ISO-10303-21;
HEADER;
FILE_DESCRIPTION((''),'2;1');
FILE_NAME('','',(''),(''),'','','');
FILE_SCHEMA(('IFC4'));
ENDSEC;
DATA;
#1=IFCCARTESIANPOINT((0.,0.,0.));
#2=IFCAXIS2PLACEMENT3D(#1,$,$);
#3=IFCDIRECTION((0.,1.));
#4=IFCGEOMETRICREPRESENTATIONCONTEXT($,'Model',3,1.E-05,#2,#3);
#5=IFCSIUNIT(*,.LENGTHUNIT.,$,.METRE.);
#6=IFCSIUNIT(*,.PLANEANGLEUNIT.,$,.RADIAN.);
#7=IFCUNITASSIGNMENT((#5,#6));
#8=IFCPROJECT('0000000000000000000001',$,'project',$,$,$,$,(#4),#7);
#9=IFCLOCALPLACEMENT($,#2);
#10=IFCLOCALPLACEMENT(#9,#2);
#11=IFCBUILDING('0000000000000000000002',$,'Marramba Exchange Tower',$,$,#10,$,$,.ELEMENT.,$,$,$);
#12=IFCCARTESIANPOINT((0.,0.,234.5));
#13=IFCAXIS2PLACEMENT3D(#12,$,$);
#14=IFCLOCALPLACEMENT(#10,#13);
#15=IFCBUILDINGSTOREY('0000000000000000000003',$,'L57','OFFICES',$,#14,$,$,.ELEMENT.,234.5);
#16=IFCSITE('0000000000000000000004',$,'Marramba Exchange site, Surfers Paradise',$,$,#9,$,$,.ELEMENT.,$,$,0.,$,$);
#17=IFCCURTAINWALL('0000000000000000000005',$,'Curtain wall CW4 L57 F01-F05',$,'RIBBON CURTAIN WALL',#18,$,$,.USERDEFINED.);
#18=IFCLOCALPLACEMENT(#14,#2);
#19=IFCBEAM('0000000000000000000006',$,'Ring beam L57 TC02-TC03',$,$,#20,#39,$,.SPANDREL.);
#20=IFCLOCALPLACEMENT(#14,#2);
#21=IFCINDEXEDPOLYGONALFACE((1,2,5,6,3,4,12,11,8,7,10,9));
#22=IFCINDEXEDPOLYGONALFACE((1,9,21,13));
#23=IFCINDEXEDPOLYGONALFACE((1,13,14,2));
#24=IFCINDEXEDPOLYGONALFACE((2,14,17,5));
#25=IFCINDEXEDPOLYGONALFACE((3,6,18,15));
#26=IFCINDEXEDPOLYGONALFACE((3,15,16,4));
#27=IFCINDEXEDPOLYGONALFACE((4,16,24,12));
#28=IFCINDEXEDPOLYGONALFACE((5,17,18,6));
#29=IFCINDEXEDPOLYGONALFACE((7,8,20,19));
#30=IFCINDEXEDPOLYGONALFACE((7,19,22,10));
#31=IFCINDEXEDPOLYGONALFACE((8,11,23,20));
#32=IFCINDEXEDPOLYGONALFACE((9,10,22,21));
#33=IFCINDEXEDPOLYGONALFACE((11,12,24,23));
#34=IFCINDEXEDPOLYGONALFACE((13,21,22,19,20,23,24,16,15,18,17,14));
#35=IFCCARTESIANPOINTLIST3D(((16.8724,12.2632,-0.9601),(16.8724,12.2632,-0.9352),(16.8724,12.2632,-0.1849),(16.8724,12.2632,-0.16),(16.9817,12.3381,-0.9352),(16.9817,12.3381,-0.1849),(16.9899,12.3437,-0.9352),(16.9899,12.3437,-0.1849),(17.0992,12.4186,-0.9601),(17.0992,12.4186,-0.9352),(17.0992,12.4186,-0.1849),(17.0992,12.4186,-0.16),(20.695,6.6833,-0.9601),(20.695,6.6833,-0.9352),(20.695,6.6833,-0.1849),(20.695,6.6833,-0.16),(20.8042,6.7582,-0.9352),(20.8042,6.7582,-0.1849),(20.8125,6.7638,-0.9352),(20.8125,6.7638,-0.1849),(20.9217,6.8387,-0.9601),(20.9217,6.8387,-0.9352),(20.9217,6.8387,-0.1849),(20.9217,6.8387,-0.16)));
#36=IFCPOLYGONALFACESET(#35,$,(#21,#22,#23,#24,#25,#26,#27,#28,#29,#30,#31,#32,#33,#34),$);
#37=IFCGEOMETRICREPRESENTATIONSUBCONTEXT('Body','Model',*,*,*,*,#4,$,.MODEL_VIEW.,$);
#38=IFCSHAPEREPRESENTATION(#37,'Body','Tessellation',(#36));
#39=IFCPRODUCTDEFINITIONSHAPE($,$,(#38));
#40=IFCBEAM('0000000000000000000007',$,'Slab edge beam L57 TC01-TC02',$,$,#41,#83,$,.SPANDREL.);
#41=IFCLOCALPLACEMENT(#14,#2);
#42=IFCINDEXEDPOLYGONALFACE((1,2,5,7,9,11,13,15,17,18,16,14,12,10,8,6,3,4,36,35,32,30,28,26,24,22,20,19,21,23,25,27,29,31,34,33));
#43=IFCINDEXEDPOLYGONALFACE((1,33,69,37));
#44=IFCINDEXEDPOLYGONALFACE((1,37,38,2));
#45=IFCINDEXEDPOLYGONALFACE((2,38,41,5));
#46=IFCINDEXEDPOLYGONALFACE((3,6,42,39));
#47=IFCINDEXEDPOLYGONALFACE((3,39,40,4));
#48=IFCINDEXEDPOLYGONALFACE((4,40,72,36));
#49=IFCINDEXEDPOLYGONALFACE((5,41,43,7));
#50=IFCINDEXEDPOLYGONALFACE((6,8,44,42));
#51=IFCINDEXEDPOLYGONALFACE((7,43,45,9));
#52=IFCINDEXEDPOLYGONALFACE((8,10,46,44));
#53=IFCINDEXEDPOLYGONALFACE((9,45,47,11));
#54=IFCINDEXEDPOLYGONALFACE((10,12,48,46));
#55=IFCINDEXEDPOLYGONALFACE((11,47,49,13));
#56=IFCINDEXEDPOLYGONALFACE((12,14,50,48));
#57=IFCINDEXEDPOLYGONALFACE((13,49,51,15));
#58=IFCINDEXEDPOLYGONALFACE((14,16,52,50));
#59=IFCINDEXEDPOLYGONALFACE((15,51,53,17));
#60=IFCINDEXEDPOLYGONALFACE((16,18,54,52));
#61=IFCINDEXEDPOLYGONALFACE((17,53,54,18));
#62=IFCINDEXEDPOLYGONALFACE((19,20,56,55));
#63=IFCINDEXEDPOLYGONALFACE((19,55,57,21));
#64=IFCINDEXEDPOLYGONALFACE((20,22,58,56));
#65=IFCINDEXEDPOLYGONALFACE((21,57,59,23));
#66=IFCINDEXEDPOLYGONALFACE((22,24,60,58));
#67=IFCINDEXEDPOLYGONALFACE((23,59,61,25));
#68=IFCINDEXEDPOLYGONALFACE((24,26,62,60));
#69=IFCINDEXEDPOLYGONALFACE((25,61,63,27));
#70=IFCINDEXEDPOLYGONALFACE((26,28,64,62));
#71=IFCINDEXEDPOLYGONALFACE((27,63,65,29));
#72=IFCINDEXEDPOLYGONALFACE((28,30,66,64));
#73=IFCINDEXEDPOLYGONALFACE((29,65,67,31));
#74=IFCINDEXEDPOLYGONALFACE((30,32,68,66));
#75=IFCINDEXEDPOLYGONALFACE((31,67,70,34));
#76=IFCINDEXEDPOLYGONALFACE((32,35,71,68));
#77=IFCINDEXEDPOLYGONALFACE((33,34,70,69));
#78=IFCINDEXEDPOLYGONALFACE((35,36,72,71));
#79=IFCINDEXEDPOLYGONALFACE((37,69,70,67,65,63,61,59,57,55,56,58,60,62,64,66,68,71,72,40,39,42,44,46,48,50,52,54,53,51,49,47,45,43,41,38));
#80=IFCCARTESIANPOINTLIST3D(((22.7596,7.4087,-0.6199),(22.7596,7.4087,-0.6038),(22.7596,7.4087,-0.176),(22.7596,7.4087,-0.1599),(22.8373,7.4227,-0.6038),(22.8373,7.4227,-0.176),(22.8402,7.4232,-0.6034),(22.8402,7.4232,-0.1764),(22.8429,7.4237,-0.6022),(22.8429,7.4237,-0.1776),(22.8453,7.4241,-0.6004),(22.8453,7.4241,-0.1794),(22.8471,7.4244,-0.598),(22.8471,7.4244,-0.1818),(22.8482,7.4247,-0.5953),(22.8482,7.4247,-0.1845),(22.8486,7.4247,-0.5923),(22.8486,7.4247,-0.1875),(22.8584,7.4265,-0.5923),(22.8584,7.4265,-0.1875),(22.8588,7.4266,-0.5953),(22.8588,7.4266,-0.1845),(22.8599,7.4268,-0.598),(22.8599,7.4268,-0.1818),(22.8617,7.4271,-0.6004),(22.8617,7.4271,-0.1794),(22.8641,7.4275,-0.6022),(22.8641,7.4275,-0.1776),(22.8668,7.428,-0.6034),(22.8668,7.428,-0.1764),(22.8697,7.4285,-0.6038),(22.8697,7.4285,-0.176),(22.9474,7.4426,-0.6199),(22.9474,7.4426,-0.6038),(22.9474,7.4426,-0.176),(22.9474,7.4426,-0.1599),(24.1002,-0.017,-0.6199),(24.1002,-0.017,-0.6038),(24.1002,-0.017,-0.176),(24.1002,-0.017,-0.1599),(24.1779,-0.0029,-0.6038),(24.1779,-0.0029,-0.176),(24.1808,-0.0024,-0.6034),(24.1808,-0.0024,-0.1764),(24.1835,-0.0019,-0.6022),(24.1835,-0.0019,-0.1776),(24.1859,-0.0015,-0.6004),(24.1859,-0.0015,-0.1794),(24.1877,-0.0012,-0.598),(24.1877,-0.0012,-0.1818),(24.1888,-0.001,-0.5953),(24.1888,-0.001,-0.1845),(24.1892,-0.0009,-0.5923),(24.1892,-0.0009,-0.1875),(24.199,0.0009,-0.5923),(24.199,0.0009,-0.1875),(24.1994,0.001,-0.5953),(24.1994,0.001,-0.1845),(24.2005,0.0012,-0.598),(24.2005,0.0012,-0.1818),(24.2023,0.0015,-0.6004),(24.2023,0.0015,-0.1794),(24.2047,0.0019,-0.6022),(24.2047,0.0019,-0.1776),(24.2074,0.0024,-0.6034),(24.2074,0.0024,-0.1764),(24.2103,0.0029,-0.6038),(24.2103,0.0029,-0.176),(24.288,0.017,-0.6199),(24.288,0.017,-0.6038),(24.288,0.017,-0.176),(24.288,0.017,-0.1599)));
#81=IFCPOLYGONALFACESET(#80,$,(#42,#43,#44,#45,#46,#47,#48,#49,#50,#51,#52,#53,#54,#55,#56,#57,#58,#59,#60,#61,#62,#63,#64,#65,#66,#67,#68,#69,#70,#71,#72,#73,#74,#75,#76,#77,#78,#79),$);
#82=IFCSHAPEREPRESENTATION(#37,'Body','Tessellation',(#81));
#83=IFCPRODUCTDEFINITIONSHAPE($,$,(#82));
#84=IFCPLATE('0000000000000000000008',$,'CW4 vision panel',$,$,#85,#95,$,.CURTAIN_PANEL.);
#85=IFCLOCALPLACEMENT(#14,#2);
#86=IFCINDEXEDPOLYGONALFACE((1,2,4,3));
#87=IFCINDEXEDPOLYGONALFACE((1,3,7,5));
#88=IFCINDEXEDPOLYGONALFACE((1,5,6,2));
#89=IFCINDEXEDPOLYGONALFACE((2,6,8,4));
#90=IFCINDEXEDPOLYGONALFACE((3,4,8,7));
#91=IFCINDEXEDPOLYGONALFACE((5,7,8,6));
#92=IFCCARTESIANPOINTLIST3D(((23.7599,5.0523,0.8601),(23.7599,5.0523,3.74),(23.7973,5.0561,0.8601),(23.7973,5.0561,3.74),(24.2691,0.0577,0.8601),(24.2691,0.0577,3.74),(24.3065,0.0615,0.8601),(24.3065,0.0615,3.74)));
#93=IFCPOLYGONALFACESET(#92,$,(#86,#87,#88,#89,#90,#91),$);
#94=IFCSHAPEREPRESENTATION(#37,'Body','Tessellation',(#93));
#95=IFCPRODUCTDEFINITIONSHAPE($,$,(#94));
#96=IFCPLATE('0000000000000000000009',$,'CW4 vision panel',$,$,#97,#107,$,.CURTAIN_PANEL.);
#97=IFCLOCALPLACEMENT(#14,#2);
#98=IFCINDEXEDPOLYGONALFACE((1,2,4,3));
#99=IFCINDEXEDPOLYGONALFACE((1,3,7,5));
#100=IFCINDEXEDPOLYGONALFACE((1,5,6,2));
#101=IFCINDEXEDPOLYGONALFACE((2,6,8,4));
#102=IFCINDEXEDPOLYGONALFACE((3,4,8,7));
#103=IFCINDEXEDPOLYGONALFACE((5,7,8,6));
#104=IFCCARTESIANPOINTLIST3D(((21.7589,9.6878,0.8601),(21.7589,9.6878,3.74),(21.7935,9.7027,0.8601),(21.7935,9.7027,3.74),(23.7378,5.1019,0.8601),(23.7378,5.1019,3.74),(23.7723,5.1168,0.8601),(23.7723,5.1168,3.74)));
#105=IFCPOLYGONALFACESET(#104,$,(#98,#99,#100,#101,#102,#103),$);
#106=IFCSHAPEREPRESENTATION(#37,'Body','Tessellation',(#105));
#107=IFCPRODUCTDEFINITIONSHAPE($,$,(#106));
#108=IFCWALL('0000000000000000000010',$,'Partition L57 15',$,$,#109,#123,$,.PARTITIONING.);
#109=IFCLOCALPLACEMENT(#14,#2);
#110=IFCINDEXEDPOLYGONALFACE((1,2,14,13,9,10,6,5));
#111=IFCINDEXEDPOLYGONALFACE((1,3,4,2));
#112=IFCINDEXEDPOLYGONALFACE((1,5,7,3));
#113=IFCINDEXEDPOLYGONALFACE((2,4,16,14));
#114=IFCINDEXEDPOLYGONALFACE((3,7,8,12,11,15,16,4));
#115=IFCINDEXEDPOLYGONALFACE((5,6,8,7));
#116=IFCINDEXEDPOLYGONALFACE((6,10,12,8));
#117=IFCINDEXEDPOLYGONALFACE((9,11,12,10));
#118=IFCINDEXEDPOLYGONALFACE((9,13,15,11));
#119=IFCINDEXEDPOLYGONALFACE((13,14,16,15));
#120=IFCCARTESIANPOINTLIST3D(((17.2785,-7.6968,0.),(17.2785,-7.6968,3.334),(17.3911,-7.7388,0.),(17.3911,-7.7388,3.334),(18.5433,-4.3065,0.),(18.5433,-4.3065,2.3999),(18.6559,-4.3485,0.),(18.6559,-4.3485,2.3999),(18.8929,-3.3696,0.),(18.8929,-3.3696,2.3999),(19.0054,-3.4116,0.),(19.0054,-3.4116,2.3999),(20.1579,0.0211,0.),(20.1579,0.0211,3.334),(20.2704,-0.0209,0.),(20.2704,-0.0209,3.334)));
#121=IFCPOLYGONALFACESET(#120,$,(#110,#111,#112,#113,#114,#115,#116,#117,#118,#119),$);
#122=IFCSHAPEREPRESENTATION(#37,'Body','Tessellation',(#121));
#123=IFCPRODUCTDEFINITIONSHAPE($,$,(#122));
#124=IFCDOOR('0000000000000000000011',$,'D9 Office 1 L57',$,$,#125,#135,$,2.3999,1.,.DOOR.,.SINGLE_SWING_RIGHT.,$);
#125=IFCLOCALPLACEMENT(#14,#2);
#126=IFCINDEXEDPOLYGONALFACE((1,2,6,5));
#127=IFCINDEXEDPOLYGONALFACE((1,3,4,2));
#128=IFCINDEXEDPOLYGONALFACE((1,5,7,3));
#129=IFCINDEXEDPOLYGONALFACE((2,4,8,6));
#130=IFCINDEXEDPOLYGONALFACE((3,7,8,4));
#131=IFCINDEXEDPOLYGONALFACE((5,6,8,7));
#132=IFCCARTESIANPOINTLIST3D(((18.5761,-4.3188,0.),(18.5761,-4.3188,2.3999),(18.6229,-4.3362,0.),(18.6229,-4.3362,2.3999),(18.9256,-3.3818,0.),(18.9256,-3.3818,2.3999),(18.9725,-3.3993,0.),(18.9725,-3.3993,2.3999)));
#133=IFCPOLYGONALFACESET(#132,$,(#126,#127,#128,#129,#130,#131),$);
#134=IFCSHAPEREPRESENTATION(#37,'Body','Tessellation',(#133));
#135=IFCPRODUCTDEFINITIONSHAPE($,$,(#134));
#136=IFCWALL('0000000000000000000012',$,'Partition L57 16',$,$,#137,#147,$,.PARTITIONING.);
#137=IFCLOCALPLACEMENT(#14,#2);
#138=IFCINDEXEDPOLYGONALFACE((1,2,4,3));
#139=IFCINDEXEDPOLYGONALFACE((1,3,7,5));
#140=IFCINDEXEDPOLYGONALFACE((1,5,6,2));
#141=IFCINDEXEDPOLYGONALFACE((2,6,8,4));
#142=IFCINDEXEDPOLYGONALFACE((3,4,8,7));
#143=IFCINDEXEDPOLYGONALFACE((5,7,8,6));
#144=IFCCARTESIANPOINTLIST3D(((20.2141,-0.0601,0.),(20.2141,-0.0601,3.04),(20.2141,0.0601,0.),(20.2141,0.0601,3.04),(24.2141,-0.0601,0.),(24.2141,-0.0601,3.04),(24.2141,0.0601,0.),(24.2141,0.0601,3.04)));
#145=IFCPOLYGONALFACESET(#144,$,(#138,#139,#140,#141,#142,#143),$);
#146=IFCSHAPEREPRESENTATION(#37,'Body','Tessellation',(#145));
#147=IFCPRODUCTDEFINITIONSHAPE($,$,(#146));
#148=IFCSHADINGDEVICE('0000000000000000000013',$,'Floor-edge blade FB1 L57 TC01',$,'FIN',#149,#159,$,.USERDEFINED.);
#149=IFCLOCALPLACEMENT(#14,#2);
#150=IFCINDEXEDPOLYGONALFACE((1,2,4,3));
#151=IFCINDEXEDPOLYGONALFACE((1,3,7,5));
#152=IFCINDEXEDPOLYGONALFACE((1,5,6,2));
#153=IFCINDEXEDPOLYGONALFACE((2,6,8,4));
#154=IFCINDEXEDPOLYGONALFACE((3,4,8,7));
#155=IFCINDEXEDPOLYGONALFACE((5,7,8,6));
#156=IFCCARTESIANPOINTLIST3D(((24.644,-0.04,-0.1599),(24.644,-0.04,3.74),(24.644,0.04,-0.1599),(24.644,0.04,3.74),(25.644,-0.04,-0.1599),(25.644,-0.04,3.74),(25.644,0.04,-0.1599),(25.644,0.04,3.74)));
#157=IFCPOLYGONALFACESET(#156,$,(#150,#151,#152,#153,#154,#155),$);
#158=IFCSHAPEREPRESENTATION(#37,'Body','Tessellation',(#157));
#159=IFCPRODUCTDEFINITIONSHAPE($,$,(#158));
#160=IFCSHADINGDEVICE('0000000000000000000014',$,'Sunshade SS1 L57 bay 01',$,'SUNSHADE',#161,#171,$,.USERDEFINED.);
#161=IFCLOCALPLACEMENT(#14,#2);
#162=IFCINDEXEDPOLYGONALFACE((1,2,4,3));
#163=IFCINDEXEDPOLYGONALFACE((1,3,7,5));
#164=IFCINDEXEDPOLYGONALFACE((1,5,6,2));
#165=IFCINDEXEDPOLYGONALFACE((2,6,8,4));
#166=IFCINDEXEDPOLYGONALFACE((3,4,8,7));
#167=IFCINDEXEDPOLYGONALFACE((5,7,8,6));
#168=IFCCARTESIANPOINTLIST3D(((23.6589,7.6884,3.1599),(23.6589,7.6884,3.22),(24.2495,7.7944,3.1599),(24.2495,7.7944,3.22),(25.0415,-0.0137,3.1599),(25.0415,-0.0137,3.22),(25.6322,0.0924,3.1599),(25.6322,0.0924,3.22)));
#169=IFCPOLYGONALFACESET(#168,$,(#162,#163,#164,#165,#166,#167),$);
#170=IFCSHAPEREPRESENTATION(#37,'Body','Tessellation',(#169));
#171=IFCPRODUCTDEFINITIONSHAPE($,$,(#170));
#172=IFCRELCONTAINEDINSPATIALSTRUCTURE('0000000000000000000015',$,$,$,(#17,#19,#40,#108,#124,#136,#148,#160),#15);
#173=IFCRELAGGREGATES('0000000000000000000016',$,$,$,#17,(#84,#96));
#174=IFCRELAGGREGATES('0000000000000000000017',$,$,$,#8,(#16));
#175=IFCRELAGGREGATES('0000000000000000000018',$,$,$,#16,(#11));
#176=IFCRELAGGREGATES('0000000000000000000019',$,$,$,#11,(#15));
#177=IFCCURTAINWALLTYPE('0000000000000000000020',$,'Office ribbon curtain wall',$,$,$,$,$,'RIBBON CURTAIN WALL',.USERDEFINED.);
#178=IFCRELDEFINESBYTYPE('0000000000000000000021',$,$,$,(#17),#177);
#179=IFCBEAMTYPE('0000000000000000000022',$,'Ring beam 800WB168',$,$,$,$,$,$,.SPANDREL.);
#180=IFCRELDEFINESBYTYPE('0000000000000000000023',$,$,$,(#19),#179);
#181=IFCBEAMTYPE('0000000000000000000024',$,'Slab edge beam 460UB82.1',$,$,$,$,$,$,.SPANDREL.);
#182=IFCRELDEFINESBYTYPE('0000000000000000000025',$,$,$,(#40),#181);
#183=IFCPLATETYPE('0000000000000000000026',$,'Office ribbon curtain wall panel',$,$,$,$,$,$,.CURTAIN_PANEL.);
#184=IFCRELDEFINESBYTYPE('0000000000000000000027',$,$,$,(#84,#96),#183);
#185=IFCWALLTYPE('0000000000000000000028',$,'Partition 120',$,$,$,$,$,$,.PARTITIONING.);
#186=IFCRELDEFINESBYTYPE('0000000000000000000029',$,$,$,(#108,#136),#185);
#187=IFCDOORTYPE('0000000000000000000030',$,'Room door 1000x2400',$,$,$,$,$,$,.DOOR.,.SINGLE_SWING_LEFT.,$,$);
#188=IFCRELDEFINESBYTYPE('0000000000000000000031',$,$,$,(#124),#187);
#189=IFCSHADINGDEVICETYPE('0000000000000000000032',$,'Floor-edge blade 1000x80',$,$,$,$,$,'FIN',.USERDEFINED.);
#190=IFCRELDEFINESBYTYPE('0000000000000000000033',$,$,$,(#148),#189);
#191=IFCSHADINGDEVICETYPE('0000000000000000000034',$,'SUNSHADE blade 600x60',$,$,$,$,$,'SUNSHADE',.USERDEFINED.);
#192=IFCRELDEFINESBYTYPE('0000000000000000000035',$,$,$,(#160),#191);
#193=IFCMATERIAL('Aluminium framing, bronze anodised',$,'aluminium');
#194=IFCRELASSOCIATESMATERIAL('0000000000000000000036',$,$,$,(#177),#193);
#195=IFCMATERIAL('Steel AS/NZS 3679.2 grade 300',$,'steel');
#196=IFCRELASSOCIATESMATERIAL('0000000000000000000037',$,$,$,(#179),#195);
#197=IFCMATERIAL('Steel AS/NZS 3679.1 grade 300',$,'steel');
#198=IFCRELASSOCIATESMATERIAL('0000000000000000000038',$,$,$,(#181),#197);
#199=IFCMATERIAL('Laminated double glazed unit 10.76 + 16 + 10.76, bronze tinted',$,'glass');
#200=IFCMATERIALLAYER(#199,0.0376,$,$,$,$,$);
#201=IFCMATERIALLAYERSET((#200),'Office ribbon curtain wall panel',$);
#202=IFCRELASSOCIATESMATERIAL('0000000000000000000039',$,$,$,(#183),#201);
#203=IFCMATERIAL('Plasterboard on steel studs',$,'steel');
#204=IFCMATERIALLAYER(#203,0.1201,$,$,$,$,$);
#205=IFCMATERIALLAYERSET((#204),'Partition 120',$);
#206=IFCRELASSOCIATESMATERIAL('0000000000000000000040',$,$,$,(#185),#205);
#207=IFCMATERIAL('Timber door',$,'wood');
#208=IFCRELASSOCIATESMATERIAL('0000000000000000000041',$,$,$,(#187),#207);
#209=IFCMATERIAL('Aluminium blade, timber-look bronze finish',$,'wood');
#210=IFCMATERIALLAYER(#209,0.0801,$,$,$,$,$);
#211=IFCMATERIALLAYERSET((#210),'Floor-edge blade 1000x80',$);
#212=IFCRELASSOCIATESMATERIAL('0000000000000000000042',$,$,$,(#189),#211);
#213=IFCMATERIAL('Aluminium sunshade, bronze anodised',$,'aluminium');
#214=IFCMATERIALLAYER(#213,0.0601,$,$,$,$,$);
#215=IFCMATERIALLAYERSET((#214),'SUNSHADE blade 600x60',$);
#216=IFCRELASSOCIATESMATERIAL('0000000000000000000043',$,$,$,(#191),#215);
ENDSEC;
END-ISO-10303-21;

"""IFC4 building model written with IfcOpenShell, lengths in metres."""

from ifc_helpers import new_model, si_unit, direction, frame, frame_2d, origin, origin_2d, place, context, subcontext, project, spatial, rectangle, i_section, extrude, material, layer, layer_set, material_profile, profile_set, type_object, element, fill, aggregate, save


model = new_model("IFC4")

# Units and contexts
model_context = context("Model", 3, precision=1e-05, world=origin(), true_north=direction((0.0, 1.0)))
body_context = subcontext(model_context, "Body", "Model", "MODEL_VIEW")
ifc_project = project(units=[si_unit("LENGTHUNIT", "METRE"), si_unit("PLANEANGLEUNIT", "RADIAN")], contexts=[model_context])

# Site, building, storey
site_placement = place(None, origin())
site = spatial("IfcSite", under=ifc_project, at=site_placement, Name="Marramba Exchange site, Surfers Paradise", CompositionType="ELEMENT", RefElevation=0.0)
building_placement = place(site_placement, origin())
building = spatial("IfcBuilding", under=site, at=building_placement, Name="Marramba Exchange Tower", CompositionType="ELEMENT")
storey_placement = place(building_placement, frame((0.0, 0.0, 234.5)))
storey = spatial("IfcBuildingStorey", under=building, at=storey_placement, Name="L57", Description="OFFICES", CompositionType="ELEMENT", Elevation=234.5)

# Shared definitions
ifc_material_1 = material(Name="Steel AS/NZS 3679.2 grade 300", Category="steel")
ifc_material_2 = material(Name="Steel AS/NZS 3679.1 grade 300", Category="steel")

# Curtain wall
ifc_material_3 = material(Name="Aluminium framing, bronze anodised", Category="aluminium")
curtain_wall_type = type_object("IfcCurtainWallType", Name="Office ribbon curtain wall", ElementType="RIBBON CURTAIN WALL", PredefinedType="USERDEFINED", material=ifc_material_3)
curtain_wall_placement = place(storey_placement, origin())
curtain_wall = element("IfcCurtainWall", 1, at=curtain_wall_placement, inside=storey, type_object=curtain_wall_type, Name="Curtain wall CW4 L57 F01-F05", ObjectType="RIBBON CURTAIN WALL", PredefinedType="USERDEFINED")

# Beams
ifc_material_profile_1 = material_profile(ifc_material_1, i_section(OverallWidth=0.2749, OverallDepth=0.8, WebThickness=0.01, FlangeThickness=0.0249, at=origin_2d()), Name="800WB168")
ifc_profile_set_1 = profile_set([ifc_material_profile_1], Name="Steel AS/NZS 3679.2 grade 300")
beam_type_1 = type_object("IfcBeamType", Name="Ring beam 800WB168", PredefinedType="SPANDREL", material=ifc_profile_set_1)
beam_1_placement = place(storey_placement, frame((20.8083, 6.761, -0.5601), z_axis=(-0.56516, 0.824981, 0.0), x_axis=(-0.824981, -0.56516, 0.0)))
element("IfcBeam", 2, at=beam_1_placement, inside=storey, type_object=beam_type_1, Name="Ring beam L57 TC02-TC03", PredefinedType="SPANDREL", context=body_context, shape_type="SweptSolid", body=[
    extrude(i_section(OverallWidth=0.2749, OverallDepth=0.8, WebThickness=0.01, FlangeThickness=0.0249, at=origin_2d()), origin(), (0.0, 0.0, 1.0), 6.7637),
])
ifc_material_profile_2 = material_profile(ifc_material_2, i_section(OverallWidth=0.1909, OverallDepth=0.46, WebThickness=0.01, FlangeThickness=0.0161, FilletRadius=0.0115, at=origin_2d()), Name="460UB82.1")
ifc_profile_set_2 = profile_set([ifc_material_profile_2], Name="Steel AS/NZS 3679.1 grade 300")
beam_type_2 = type_object("IfcBeamType", Name="Slab edge beam 460UB82.1", PredefinedType="SPANDREL", material=ifc_profile_set_2)
beam_2_placement = place(storey_placement, frame((24.1941, 0.0, -0.3899), z_axis=(-0.177664, 0.984091, 0.0), x_axis=(-0.984091, -0.177664, 0.0)))
element("IfcBeam", 3, at=beam_2_placement, inside=storey, type_object=beam_type_2, Name="Slab edge beam L57 TC01-TC02", PredefinedType="SPANDREL", context=body_context, shape_type="SweptSolid", body=[
    extrude(i_section(OverallWidth=0.1909, OverallDepth=0.46, WebThickness=0.01, FlangeThickness=0.0161, FilletRadius=0.0115, at=origin_2d()), origin(), (0.0, 0.0, 1.0), 7.5457),
])

# Plates
ifc_material_4 = material(Name="Laminated double glazed unit 10.76 + 16 + 10.76, bronze tinted", Category="glass")
ifc_layer_1 = layer(ifc_material_4, 0.0376)
ifc_layer_set_1 = layer_set([ifc_layer_1], Name="Office ribbon curtain wall panel")
plate_type = type_object("IfcPlateType", Name="Office ribbon curtain wall panel", PredefinedType="CURTAIN_PANEL", material=ifc_layer_set_1)
plate_1_placement = place(storey_placement, frame((24.0332, 2.5569, 0.8601), z_axis=(0.0, 0.0, 1.0), x_axis=(-0.101422, 0.994843, 0.0)))
plate_1 = element("IfcPlate", 4, at=plate_1_placement, type_object=plate_type, Name="CW4 vision panel", PredefinedType="CURTAIN_PANEL", context=body_context, shape_type="SweptSolid", body=[
    extrude(rectangle(XDim=5.0205, YDim=0.0376, at=origin_2d()), origin(), (0.0, 0.0, 1.0), 2.8799),
])
plate_2_placement = place(storey_placement, frame((22.7656, 7.4023, 0.8601), z_axis=(0.0, 0.0, 1.0), x_axis=(-0.396193, 0.918167, 0.0)))
plate_2 = element("IfcPlate", 5, at=plate_2_placement, type_object=plate_type, Name="CW4 vision panel", PredefinedType="CURTAIN_PANEL", context=body_context, shape_type="SweptSolid", body=[
    extrude(rectangle(XDim=4.9946, YDim=0.0376, at=origin_2d()), origin(), (0.0, 0.0, 1.0), 2.8799),
])
aggregate(curtain_wall, [plate_1, plate_2])

# Wall, opening, door
ifc_material_5 = material(Name="Plasterboard on steel studs", Category="steel")
ifc_layer_2 = layer(ifc_material_5, 0.1201)
ifc_layer_set_2 = layer_set([ifc_layer_2], Name="Partition 120")
wall_type = type_object("IfcWallType", Name="Partition 120", PredefinedType="PARTITIONING", material=ifc_layer_set_2)
wall_1_placement = place(storey_placement, frame((20.2141, 0.0, 0.0), z_axis=(0.0, 0.0, 1.0), x_axis=(-0.349541, -0.936921, 0.0)))
wall_1 = element("IfcWall", 6, at=wall_1_placement, inside=storey, type_object=wall_type, Name="Partition L57 15", PredefinedType="PARTITIONING", context=body_context, shape_type="SweptSolid", body=[
    extrude(rectangle(XDim=8.2375, YDim=0.1201, at=frame_2d((4.1187, 0.0))), origin(), (0.0, 0.0, 1.0), 3.334),
])
opening_placement = place(wall_1_placement, frame((3.6189, 0.0, 0.0)))
opening = element("IfcOpeningElement", 7, at=opening_placement, cuts=wall_1, PredefinedType="OPENING", context=body_context, shape_type="SweptSolid", body=[
    extrude(rectangle(XDim=1.0, YDim=2.3999, at=frame_2d((0.5, 1.2))), frame((0.0, 0.0701, 0.0), z_axis=(0.0, -1.0, 0.0), x_axis=(1.0, 0.0, 0.0)), (0.0, 0.0, 1.0), 0.1401),
])
ifc_material_6 = material(Name="Timber door", Category="wood")
door_type = type_object("IfcDoorType", Name="Room door 1000x2400", OperationType="SINGLE_SWING_LEFT", PredefinedType="DOOR", material=ifc_material_6)
door_placement = place(opening_placement, origin())
door = element("IfcDoor", 8, at=door_placement, inside=storey, type_object=door_type, Name="D9 Office 1 L57", OperationType="SINGLE_SWING_RIGHT", OverallHeight=2.3999, OverallWidth=1.0, PredefinedType="DOOR", context=body_context, shape_type="SweptSolid", body=[
    extrude(rectangle(XDim=1.0, YDim=2.3999, at=frame_2d((0.5, 1.2))), frame((0.0, 0.0249, 0.0), z_axis=(0.0, -1.0, 0.0), x_axis=(1.0, 0.0, 0.0)), (0.0, 0.0, 1.0), 0.05),
])
fill(opening, door)

# Wall
wall_2_placement = place(storey_placement, frame((24.2141, 0.0, 0.0), z_axis=(0.0, 0.0, 1.0), x_axis=(-1.0, 0.0, 0.0)))
element("IfcWall", 9, at=wall_2_placement, inside=storey, type_object=wall_type, Name="Partition L57 16", PredefinedType="PARTITIONING", context=body_context, shape_type="SweptSolid", body=[
    extrude(rectangle(XDim=4.0, YDim=0.1201, at=frame_2d((2.0, 0.0))), origin(), (0.0, 0.0, 1.0), 3.04),
])

# Shading devices
ifc_material_7 = material(Name="Aluminium blade, timber-look bronze finish", Category="wood")
ifc_layer_3 = layer(ifc_material_7, 0.0801)
ifc_layer_set_3 = layer_set([ifc_layer_3], Name="Floor-edge blade 1000x80")
shading_device_type_1 = type_object("IfcShadingDeviceType", Name="Floor-edge blade 1000x80", ElementType="FIN", PredefinedType="USERDEFINED", material=ifc_layer_set_3)
shading_device_1_placement = place(storey_placement, frame((25.144, 0.0, -0.1599), z_axis=(0.0, 0.0, 1.0), x_axis=(1.0, 0.0, 0.0)))
element("IfcShadingDevice", 10, at=shading_device_1_placement, inside=storey, type_object=shading_device_type_1, Name="Floor-edge blade FB1 L57 TC01", ObjectType="FIN", PredefinedType="USERDEFINED", context=body_context, shape_type="SweptSolid", body=[
    extrude(rectangle(XDim=1.0, YDim=0.0801, at=origin_2d()), origin(), (0.0, 0.0, 1.0), 3.8999),
])
ifc_material_8 = material(Name="Aluminium sunshade, bronze anodised", Category="aluminium")
ifc_layer_4 = layer(ifc_material_8, 0.0601)
ifc_layer_set_4 = layer_set([ifc_layer_4], Name="SUNSHADE blade 600x60")
shading_device_type_2 = type_object("IfcShadingDeviceType", Name="SUNSHADE blade 600x60", ElementType="SUNSHADE", PredefinedType="USERDEFINED", material=ifc_layer_set_4)
shading_device_2_placement = place(storey_placement, frame((24.6455, 3.8904, 3.1599), z_axis=(0.0, 0.0, 1.0), x_axis=(-0.176691, 0.984266, 0.0)))
element("IfcShadingDevice", 11, at=shading_device_2_placement, inside=storey, type_object=shading_device_type_2, Name="Sunshade SS1 L57 bay 01", ObjectType="SUNSHADE", PredefinedType="USERDEFINED", context=body_context, shape_type="SweptSolid", body=[
    extrude(rectangle(XDim=7.8252, YDim=0.6001, at=origin_2d()), origin(), (0.0, 0.0, 1.0), 0.0601),
])

save(model, "model.ifc")
